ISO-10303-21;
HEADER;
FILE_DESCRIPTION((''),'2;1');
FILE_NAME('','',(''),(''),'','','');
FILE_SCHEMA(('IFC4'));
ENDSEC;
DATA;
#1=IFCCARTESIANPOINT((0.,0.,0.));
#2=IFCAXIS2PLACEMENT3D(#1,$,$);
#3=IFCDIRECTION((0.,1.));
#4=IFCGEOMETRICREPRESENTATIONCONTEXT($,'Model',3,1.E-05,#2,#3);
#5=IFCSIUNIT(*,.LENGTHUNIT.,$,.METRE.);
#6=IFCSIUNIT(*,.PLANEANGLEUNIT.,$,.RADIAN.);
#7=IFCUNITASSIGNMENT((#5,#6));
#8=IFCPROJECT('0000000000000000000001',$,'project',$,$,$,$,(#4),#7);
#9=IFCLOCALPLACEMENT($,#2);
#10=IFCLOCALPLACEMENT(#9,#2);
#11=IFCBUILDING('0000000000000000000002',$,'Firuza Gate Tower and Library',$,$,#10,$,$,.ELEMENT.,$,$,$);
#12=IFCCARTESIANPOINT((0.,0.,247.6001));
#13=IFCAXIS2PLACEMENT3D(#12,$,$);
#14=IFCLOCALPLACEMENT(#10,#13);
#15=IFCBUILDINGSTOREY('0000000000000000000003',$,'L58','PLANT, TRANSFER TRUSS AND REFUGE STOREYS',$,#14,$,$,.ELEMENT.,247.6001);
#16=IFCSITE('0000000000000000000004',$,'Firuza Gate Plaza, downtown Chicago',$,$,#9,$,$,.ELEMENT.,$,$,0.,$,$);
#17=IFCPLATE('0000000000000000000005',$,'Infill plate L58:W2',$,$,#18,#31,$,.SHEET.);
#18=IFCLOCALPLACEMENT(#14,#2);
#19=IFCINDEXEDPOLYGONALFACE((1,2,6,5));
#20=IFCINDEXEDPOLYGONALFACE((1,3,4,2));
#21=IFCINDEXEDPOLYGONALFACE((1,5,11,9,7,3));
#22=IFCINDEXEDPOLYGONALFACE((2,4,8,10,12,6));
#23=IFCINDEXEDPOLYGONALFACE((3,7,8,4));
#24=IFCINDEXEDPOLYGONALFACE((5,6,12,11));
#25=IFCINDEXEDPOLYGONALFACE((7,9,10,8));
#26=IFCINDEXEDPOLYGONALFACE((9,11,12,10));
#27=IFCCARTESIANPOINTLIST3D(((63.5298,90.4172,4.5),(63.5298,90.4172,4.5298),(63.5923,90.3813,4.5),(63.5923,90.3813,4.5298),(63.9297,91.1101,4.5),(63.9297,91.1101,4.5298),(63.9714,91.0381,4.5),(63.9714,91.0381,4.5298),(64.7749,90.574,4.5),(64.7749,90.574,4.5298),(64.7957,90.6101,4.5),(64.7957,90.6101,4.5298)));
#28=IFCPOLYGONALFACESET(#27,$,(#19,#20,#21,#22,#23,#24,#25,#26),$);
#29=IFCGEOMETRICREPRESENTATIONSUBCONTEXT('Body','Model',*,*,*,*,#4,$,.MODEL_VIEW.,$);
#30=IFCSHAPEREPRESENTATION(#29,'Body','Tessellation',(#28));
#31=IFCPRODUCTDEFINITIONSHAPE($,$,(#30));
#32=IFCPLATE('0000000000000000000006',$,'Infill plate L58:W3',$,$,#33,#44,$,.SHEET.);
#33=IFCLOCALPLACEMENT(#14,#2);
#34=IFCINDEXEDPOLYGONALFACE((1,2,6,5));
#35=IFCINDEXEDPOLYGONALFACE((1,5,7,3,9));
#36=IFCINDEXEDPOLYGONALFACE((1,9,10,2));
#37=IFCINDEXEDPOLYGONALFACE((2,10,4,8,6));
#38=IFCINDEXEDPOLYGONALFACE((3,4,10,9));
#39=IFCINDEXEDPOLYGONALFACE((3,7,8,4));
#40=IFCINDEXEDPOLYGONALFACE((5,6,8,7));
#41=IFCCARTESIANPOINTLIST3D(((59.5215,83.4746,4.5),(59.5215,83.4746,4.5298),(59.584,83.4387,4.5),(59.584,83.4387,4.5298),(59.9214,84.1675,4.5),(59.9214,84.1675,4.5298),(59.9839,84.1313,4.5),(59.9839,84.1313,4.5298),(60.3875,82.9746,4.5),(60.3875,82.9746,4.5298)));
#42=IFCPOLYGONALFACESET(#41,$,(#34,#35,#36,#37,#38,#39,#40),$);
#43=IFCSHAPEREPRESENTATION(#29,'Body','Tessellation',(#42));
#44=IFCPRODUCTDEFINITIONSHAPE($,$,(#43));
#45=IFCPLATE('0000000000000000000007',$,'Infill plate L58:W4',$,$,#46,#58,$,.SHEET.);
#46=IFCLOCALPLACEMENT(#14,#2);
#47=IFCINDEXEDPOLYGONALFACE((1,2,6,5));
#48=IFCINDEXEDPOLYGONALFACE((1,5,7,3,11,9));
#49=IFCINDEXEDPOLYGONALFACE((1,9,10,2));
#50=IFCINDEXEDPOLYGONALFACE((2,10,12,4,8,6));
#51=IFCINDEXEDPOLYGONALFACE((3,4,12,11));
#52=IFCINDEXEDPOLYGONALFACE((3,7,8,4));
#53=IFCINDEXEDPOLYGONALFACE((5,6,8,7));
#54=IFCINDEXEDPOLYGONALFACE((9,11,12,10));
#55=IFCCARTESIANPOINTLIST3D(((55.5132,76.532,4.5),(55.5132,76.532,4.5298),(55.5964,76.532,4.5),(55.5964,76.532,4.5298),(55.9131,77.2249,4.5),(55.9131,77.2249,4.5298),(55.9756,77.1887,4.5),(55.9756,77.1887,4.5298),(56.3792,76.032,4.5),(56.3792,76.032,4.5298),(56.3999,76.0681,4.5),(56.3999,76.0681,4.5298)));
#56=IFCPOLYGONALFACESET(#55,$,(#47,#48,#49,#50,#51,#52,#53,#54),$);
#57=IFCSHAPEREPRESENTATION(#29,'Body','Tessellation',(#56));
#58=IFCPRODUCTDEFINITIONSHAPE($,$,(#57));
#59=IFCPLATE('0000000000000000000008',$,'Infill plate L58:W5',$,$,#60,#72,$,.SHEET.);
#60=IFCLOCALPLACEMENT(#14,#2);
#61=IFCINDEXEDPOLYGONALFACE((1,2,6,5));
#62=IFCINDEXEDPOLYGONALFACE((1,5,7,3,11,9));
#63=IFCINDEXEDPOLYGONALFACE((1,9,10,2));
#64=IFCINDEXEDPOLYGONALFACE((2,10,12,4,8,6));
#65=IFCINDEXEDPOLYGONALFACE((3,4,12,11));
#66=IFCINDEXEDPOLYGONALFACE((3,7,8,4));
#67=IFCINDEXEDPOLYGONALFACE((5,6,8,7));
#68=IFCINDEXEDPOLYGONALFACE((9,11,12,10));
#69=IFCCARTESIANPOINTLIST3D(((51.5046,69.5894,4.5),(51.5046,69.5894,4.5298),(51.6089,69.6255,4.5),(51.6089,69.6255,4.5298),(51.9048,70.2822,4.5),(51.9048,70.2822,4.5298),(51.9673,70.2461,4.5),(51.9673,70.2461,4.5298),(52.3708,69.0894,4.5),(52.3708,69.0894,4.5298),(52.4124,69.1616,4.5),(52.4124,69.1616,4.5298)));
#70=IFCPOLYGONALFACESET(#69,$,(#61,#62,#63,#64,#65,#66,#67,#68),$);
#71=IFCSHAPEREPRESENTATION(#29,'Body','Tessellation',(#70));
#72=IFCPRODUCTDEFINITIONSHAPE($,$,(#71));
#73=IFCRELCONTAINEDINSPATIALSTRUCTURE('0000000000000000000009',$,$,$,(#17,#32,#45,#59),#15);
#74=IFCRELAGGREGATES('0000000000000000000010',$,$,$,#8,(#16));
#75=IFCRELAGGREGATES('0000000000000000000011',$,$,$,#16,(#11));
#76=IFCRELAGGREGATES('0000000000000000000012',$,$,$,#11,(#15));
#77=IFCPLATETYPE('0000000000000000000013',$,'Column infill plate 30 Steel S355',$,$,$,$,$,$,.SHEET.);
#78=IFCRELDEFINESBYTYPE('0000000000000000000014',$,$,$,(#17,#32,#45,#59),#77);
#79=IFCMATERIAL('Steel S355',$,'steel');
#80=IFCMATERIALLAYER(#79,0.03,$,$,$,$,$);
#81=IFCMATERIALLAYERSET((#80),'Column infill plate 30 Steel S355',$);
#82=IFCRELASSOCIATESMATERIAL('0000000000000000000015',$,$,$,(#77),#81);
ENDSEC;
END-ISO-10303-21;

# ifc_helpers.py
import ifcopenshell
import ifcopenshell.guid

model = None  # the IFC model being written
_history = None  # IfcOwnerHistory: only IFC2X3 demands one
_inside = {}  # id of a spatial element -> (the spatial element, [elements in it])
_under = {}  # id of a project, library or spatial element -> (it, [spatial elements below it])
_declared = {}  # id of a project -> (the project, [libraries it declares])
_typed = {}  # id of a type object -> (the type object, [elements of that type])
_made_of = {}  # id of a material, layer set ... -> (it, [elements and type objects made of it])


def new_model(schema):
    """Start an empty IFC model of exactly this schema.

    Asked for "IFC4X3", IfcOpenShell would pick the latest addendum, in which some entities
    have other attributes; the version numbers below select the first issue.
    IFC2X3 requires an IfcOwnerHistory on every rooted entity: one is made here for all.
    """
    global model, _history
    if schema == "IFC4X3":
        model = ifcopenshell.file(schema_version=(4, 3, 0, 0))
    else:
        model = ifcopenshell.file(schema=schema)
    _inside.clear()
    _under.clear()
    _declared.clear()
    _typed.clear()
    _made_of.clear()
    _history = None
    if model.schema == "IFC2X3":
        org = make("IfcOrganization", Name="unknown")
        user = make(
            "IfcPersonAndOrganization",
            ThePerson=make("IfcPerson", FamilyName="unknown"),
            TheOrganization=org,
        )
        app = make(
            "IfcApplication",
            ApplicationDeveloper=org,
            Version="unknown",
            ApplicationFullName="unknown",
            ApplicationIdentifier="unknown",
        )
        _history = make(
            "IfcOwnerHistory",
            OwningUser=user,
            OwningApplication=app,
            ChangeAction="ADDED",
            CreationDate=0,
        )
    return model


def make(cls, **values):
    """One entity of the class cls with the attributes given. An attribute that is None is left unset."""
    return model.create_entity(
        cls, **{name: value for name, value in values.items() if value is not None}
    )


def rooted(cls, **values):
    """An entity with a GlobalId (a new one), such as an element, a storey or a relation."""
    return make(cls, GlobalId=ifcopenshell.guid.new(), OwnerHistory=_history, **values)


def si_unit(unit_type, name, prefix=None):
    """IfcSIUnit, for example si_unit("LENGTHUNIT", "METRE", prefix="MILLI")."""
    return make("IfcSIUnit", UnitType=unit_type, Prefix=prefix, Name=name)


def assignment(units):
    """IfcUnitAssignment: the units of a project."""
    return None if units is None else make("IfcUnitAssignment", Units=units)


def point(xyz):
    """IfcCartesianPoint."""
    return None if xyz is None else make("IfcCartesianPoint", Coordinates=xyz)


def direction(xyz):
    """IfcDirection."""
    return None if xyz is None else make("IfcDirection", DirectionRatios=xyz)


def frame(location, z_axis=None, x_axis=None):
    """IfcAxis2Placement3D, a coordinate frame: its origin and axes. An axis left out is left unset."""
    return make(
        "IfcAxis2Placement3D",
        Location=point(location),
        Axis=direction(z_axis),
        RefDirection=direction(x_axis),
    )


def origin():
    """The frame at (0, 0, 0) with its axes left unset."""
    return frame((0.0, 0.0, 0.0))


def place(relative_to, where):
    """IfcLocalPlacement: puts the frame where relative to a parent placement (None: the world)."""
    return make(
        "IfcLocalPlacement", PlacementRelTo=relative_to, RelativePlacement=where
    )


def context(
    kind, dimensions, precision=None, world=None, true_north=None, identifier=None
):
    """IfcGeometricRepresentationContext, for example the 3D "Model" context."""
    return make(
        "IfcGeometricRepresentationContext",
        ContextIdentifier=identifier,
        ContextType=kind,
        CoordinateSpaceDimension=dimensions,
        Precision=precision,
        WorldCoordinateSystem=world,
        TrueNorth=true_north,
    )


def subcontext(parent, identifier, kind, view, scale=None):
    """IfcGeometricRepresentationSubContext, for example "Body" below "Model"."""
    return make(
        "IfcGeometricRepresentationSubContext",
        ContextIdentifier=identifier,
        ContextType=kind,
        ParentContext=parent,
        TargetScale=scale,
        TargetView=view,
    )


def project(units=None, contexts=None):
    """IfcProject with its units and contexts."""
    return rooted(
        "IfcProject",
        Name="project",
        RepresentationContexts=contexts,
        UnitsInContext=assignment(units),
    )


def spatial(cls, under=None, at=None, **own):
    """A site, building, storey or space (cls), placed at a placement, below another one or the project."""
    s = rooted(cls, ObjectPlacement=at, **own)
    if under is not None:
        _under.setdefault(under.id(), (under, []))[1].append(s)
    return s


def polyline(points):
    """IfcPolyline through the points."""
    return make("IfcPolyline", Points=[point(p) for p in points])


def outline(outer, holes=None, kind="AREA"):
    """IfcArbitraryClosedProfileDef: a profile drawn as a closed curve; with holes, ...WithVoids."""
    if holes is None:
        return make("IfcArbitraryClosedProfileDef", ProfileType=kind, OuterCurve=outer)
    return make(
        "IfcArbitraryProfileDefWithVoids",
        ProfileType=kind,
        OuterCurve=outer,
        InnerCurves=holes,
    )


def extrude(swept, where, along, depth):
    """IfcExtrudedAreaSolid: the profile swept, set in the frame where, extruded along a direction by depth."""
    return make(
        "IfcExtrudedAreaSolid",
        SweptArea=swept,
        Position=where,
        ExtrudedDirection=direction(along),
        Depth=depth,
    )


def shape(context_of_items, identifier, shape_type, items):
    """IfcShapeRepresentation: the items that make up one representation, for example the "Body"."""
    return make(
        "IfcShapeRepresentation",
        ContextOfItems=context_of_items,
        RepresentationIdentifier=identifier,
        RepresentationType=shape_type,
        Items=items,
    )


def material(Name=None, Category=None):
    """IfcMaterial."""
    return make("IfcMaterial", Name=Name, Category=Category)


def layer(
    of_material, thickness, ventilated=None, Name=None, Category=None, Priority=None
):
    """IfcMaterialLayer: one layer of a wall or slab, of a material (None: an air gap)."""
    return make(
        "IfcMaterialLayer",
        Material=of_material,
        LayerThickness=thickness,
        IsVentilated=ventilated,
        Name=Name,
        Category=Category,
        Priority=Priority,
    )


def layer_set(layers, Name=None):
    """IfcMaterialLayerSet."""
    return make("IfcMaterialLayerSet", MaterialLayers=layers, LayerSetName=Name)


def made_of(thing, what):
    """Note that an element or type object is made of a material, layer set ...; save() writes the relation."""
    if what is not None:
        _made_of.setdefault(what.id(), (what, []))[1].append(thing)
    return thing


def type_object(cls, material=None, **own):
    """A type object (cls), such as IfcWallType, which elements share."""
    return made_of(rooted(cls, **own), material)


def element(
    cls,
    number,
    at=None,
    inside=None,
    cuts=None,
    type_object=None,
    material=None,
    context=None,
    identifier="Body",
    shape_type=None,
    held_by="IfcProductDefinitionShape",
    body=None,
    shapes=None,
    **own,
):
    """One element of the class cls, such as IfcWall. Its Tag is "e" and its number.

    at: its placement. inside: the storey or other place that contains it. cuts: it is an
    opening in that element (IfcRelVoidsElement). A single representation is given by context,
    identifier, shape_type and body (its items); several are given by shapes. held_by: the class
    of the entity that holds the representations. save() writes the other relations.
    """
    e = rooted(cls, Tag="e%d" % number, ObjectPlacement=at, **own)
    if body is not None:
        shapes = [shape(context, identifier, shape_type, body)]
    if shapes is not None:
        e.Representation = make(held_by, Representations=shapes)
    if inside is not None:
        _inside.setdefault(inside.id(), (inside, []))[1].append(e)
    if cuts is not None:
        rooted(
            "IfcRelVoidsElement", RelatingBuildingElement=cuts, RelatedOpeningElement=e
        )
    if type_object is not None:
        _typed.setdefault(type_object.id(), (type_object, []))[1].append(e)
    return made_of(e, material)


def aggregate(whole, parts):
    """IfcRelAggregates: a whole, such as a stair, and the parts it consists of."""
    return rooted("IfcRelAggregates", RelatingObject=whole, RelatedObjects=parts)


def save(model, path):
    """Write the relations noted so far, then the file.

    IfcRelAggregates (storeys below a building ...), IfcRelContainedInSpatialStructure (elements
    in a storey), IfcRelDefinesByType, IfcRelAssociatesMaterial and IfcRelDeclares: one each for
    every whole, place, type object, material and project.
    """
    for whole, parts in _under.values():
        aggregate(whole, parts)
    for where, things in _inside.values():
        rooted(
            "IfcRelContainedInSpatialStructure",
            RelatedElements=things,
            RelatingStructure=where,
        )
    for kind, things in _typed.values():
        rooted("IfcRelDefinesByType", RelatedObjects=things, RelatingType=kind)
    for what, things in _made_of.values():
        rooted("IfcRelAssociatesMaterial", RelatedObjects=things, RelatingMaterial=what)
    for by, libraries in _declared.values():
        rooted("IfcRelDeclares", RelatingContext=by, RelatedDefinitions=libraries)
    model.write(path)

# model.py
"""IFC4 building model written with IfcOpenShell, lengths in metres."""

from ifc_helpers import new_model, si_unit, direction, frame, origin, place, context, subcontext, project, spatial, polyline, outline, extrude, material, layer, layer_set, type_object, element, save


model = new_model("IFC4")

# Units and contexts
model_context = context("Model", 3, precision=1e-05, world=origin(), true_north=direction((0.0, 1.0)))
body_context = subcontext(model_context, "Body", "Model", "MODEL_VIEW")
ifc_project = project(units=[si_unit("LENGTHUNIT", "METRE"), si_unit("PLANEANGLEUNIT", "RADIAN")], contexts=[model_context])

# Site, building, storey
site_placement = place(None, origin())
site = spatial("IfcSite", under=ifc_project, at=site_placement, Name="Firuza Gate Plaza, downtown Chicago", CompositionType="ELEMENT", RefElevation=0.0)
building_placement = place(site_placement, origin())
building = spatial("IfcBuilding", under=site, at=building_placement, Name="Firuza Gate Tower and Library", CompositionType="ELEMENT")
storey_placement = place(building_placement, frame((0.0, 0.0, 247.6001)))
storey = spatial("IfcBuildingStorey", under=building, at=storey_placement, Name="L58", Description="PLANT, TRANSFER TRUSS AND REFUGE STOREYS", CompositionType="ELEMENT", Elevation=247.6001)

# Plates
ifc_material_1 = material(Name="Steel S355", Category="steel")
ifc_layer_1 = layer(ifc_material_1, 0.03)
ifc_layer_set_1 = layer_set([ifc_layer_1], Name="Column infill plate 30 Steel S355")
plate_type = type_object("IfcPlateType", Name="Column infill plate 30 Steel S355", PredefinedType="SHEET", material=ifc_layer_set_1)
placement_1 = place(storey_placement, frame((0.0, 0.0, 4.5)))
element("IfcPlate", 1, at=placement_1, inside=storey, type_object=plate_type, Name="Infill plate L58:W2", PredefinedType="SHEET", context=body_context, shape_type="SweptSolid", body=[
    extrude(outline(polyline([(63.5298, 90.4172), (63.5923, 90.3813), (63.9714, 91.0381), (64.7749, 90.574), (64.7957, 90.6101), (63.9297, 91.1101), (63.5298, 90.4172)])), origin(), (0.0, 0.0, 1.0), 0.0298),
])
element("IfcPlate", 2, at=placement_1, inside=storey, type_object=plate_type, Name="Infill plate L58:W3", PredefinedType="SHEET", context=body_context, shape_type="SweptSolid", body=[
    extrude(outline(polyline([(60.3875, 82.9746), (60.3875, 82.9746), (59.584, 83.4387), (59.9839, 84.1313), (59.9214, 84.1675), (59.5215, 83.4746), (60.3875, 82.9746)])), origin(), (0.0, 0.0, 1.0), 0.0298),
])
element("IfcPlate", 3, at=placement_1, inside=storey, type_object=plate_type, Name="Infill plate L58:W4", PredefinedType="SHEET", context=body_context, shape_type="SweptSolid", body=[
    extrude(outline(polyline([(56.3792, 76.032), (56.3999, 76.0681), (55.5964, 76.532), (55.9756, 77.1887), (55.9131, 77.2249), (55.5132, 76.532), (56.3792, 76.032)])), origin(), (0.0, 0.0, 1.0), 0.0298),
])
element("IfcPlate", 4, at=placement_1, inside=storey, type_object=plate_type, Name="Infill plate L58:W5", PredefinedType="SHEET", context=body_context, shape_type="SweptSolid", body=[
    extrude(outline(polyline([(52.3708, 69.0894), (52.4124, 69.1616), (51.6089, 69.6255), (51.9673, 70.2461), (51.9048, 70.2822), (51.5046, 69.5894), (52.3708, 69.0894)])), origin(), (0.0, 0.0, 1.0), 0.0298),
])

save(model, "model.ifc")
